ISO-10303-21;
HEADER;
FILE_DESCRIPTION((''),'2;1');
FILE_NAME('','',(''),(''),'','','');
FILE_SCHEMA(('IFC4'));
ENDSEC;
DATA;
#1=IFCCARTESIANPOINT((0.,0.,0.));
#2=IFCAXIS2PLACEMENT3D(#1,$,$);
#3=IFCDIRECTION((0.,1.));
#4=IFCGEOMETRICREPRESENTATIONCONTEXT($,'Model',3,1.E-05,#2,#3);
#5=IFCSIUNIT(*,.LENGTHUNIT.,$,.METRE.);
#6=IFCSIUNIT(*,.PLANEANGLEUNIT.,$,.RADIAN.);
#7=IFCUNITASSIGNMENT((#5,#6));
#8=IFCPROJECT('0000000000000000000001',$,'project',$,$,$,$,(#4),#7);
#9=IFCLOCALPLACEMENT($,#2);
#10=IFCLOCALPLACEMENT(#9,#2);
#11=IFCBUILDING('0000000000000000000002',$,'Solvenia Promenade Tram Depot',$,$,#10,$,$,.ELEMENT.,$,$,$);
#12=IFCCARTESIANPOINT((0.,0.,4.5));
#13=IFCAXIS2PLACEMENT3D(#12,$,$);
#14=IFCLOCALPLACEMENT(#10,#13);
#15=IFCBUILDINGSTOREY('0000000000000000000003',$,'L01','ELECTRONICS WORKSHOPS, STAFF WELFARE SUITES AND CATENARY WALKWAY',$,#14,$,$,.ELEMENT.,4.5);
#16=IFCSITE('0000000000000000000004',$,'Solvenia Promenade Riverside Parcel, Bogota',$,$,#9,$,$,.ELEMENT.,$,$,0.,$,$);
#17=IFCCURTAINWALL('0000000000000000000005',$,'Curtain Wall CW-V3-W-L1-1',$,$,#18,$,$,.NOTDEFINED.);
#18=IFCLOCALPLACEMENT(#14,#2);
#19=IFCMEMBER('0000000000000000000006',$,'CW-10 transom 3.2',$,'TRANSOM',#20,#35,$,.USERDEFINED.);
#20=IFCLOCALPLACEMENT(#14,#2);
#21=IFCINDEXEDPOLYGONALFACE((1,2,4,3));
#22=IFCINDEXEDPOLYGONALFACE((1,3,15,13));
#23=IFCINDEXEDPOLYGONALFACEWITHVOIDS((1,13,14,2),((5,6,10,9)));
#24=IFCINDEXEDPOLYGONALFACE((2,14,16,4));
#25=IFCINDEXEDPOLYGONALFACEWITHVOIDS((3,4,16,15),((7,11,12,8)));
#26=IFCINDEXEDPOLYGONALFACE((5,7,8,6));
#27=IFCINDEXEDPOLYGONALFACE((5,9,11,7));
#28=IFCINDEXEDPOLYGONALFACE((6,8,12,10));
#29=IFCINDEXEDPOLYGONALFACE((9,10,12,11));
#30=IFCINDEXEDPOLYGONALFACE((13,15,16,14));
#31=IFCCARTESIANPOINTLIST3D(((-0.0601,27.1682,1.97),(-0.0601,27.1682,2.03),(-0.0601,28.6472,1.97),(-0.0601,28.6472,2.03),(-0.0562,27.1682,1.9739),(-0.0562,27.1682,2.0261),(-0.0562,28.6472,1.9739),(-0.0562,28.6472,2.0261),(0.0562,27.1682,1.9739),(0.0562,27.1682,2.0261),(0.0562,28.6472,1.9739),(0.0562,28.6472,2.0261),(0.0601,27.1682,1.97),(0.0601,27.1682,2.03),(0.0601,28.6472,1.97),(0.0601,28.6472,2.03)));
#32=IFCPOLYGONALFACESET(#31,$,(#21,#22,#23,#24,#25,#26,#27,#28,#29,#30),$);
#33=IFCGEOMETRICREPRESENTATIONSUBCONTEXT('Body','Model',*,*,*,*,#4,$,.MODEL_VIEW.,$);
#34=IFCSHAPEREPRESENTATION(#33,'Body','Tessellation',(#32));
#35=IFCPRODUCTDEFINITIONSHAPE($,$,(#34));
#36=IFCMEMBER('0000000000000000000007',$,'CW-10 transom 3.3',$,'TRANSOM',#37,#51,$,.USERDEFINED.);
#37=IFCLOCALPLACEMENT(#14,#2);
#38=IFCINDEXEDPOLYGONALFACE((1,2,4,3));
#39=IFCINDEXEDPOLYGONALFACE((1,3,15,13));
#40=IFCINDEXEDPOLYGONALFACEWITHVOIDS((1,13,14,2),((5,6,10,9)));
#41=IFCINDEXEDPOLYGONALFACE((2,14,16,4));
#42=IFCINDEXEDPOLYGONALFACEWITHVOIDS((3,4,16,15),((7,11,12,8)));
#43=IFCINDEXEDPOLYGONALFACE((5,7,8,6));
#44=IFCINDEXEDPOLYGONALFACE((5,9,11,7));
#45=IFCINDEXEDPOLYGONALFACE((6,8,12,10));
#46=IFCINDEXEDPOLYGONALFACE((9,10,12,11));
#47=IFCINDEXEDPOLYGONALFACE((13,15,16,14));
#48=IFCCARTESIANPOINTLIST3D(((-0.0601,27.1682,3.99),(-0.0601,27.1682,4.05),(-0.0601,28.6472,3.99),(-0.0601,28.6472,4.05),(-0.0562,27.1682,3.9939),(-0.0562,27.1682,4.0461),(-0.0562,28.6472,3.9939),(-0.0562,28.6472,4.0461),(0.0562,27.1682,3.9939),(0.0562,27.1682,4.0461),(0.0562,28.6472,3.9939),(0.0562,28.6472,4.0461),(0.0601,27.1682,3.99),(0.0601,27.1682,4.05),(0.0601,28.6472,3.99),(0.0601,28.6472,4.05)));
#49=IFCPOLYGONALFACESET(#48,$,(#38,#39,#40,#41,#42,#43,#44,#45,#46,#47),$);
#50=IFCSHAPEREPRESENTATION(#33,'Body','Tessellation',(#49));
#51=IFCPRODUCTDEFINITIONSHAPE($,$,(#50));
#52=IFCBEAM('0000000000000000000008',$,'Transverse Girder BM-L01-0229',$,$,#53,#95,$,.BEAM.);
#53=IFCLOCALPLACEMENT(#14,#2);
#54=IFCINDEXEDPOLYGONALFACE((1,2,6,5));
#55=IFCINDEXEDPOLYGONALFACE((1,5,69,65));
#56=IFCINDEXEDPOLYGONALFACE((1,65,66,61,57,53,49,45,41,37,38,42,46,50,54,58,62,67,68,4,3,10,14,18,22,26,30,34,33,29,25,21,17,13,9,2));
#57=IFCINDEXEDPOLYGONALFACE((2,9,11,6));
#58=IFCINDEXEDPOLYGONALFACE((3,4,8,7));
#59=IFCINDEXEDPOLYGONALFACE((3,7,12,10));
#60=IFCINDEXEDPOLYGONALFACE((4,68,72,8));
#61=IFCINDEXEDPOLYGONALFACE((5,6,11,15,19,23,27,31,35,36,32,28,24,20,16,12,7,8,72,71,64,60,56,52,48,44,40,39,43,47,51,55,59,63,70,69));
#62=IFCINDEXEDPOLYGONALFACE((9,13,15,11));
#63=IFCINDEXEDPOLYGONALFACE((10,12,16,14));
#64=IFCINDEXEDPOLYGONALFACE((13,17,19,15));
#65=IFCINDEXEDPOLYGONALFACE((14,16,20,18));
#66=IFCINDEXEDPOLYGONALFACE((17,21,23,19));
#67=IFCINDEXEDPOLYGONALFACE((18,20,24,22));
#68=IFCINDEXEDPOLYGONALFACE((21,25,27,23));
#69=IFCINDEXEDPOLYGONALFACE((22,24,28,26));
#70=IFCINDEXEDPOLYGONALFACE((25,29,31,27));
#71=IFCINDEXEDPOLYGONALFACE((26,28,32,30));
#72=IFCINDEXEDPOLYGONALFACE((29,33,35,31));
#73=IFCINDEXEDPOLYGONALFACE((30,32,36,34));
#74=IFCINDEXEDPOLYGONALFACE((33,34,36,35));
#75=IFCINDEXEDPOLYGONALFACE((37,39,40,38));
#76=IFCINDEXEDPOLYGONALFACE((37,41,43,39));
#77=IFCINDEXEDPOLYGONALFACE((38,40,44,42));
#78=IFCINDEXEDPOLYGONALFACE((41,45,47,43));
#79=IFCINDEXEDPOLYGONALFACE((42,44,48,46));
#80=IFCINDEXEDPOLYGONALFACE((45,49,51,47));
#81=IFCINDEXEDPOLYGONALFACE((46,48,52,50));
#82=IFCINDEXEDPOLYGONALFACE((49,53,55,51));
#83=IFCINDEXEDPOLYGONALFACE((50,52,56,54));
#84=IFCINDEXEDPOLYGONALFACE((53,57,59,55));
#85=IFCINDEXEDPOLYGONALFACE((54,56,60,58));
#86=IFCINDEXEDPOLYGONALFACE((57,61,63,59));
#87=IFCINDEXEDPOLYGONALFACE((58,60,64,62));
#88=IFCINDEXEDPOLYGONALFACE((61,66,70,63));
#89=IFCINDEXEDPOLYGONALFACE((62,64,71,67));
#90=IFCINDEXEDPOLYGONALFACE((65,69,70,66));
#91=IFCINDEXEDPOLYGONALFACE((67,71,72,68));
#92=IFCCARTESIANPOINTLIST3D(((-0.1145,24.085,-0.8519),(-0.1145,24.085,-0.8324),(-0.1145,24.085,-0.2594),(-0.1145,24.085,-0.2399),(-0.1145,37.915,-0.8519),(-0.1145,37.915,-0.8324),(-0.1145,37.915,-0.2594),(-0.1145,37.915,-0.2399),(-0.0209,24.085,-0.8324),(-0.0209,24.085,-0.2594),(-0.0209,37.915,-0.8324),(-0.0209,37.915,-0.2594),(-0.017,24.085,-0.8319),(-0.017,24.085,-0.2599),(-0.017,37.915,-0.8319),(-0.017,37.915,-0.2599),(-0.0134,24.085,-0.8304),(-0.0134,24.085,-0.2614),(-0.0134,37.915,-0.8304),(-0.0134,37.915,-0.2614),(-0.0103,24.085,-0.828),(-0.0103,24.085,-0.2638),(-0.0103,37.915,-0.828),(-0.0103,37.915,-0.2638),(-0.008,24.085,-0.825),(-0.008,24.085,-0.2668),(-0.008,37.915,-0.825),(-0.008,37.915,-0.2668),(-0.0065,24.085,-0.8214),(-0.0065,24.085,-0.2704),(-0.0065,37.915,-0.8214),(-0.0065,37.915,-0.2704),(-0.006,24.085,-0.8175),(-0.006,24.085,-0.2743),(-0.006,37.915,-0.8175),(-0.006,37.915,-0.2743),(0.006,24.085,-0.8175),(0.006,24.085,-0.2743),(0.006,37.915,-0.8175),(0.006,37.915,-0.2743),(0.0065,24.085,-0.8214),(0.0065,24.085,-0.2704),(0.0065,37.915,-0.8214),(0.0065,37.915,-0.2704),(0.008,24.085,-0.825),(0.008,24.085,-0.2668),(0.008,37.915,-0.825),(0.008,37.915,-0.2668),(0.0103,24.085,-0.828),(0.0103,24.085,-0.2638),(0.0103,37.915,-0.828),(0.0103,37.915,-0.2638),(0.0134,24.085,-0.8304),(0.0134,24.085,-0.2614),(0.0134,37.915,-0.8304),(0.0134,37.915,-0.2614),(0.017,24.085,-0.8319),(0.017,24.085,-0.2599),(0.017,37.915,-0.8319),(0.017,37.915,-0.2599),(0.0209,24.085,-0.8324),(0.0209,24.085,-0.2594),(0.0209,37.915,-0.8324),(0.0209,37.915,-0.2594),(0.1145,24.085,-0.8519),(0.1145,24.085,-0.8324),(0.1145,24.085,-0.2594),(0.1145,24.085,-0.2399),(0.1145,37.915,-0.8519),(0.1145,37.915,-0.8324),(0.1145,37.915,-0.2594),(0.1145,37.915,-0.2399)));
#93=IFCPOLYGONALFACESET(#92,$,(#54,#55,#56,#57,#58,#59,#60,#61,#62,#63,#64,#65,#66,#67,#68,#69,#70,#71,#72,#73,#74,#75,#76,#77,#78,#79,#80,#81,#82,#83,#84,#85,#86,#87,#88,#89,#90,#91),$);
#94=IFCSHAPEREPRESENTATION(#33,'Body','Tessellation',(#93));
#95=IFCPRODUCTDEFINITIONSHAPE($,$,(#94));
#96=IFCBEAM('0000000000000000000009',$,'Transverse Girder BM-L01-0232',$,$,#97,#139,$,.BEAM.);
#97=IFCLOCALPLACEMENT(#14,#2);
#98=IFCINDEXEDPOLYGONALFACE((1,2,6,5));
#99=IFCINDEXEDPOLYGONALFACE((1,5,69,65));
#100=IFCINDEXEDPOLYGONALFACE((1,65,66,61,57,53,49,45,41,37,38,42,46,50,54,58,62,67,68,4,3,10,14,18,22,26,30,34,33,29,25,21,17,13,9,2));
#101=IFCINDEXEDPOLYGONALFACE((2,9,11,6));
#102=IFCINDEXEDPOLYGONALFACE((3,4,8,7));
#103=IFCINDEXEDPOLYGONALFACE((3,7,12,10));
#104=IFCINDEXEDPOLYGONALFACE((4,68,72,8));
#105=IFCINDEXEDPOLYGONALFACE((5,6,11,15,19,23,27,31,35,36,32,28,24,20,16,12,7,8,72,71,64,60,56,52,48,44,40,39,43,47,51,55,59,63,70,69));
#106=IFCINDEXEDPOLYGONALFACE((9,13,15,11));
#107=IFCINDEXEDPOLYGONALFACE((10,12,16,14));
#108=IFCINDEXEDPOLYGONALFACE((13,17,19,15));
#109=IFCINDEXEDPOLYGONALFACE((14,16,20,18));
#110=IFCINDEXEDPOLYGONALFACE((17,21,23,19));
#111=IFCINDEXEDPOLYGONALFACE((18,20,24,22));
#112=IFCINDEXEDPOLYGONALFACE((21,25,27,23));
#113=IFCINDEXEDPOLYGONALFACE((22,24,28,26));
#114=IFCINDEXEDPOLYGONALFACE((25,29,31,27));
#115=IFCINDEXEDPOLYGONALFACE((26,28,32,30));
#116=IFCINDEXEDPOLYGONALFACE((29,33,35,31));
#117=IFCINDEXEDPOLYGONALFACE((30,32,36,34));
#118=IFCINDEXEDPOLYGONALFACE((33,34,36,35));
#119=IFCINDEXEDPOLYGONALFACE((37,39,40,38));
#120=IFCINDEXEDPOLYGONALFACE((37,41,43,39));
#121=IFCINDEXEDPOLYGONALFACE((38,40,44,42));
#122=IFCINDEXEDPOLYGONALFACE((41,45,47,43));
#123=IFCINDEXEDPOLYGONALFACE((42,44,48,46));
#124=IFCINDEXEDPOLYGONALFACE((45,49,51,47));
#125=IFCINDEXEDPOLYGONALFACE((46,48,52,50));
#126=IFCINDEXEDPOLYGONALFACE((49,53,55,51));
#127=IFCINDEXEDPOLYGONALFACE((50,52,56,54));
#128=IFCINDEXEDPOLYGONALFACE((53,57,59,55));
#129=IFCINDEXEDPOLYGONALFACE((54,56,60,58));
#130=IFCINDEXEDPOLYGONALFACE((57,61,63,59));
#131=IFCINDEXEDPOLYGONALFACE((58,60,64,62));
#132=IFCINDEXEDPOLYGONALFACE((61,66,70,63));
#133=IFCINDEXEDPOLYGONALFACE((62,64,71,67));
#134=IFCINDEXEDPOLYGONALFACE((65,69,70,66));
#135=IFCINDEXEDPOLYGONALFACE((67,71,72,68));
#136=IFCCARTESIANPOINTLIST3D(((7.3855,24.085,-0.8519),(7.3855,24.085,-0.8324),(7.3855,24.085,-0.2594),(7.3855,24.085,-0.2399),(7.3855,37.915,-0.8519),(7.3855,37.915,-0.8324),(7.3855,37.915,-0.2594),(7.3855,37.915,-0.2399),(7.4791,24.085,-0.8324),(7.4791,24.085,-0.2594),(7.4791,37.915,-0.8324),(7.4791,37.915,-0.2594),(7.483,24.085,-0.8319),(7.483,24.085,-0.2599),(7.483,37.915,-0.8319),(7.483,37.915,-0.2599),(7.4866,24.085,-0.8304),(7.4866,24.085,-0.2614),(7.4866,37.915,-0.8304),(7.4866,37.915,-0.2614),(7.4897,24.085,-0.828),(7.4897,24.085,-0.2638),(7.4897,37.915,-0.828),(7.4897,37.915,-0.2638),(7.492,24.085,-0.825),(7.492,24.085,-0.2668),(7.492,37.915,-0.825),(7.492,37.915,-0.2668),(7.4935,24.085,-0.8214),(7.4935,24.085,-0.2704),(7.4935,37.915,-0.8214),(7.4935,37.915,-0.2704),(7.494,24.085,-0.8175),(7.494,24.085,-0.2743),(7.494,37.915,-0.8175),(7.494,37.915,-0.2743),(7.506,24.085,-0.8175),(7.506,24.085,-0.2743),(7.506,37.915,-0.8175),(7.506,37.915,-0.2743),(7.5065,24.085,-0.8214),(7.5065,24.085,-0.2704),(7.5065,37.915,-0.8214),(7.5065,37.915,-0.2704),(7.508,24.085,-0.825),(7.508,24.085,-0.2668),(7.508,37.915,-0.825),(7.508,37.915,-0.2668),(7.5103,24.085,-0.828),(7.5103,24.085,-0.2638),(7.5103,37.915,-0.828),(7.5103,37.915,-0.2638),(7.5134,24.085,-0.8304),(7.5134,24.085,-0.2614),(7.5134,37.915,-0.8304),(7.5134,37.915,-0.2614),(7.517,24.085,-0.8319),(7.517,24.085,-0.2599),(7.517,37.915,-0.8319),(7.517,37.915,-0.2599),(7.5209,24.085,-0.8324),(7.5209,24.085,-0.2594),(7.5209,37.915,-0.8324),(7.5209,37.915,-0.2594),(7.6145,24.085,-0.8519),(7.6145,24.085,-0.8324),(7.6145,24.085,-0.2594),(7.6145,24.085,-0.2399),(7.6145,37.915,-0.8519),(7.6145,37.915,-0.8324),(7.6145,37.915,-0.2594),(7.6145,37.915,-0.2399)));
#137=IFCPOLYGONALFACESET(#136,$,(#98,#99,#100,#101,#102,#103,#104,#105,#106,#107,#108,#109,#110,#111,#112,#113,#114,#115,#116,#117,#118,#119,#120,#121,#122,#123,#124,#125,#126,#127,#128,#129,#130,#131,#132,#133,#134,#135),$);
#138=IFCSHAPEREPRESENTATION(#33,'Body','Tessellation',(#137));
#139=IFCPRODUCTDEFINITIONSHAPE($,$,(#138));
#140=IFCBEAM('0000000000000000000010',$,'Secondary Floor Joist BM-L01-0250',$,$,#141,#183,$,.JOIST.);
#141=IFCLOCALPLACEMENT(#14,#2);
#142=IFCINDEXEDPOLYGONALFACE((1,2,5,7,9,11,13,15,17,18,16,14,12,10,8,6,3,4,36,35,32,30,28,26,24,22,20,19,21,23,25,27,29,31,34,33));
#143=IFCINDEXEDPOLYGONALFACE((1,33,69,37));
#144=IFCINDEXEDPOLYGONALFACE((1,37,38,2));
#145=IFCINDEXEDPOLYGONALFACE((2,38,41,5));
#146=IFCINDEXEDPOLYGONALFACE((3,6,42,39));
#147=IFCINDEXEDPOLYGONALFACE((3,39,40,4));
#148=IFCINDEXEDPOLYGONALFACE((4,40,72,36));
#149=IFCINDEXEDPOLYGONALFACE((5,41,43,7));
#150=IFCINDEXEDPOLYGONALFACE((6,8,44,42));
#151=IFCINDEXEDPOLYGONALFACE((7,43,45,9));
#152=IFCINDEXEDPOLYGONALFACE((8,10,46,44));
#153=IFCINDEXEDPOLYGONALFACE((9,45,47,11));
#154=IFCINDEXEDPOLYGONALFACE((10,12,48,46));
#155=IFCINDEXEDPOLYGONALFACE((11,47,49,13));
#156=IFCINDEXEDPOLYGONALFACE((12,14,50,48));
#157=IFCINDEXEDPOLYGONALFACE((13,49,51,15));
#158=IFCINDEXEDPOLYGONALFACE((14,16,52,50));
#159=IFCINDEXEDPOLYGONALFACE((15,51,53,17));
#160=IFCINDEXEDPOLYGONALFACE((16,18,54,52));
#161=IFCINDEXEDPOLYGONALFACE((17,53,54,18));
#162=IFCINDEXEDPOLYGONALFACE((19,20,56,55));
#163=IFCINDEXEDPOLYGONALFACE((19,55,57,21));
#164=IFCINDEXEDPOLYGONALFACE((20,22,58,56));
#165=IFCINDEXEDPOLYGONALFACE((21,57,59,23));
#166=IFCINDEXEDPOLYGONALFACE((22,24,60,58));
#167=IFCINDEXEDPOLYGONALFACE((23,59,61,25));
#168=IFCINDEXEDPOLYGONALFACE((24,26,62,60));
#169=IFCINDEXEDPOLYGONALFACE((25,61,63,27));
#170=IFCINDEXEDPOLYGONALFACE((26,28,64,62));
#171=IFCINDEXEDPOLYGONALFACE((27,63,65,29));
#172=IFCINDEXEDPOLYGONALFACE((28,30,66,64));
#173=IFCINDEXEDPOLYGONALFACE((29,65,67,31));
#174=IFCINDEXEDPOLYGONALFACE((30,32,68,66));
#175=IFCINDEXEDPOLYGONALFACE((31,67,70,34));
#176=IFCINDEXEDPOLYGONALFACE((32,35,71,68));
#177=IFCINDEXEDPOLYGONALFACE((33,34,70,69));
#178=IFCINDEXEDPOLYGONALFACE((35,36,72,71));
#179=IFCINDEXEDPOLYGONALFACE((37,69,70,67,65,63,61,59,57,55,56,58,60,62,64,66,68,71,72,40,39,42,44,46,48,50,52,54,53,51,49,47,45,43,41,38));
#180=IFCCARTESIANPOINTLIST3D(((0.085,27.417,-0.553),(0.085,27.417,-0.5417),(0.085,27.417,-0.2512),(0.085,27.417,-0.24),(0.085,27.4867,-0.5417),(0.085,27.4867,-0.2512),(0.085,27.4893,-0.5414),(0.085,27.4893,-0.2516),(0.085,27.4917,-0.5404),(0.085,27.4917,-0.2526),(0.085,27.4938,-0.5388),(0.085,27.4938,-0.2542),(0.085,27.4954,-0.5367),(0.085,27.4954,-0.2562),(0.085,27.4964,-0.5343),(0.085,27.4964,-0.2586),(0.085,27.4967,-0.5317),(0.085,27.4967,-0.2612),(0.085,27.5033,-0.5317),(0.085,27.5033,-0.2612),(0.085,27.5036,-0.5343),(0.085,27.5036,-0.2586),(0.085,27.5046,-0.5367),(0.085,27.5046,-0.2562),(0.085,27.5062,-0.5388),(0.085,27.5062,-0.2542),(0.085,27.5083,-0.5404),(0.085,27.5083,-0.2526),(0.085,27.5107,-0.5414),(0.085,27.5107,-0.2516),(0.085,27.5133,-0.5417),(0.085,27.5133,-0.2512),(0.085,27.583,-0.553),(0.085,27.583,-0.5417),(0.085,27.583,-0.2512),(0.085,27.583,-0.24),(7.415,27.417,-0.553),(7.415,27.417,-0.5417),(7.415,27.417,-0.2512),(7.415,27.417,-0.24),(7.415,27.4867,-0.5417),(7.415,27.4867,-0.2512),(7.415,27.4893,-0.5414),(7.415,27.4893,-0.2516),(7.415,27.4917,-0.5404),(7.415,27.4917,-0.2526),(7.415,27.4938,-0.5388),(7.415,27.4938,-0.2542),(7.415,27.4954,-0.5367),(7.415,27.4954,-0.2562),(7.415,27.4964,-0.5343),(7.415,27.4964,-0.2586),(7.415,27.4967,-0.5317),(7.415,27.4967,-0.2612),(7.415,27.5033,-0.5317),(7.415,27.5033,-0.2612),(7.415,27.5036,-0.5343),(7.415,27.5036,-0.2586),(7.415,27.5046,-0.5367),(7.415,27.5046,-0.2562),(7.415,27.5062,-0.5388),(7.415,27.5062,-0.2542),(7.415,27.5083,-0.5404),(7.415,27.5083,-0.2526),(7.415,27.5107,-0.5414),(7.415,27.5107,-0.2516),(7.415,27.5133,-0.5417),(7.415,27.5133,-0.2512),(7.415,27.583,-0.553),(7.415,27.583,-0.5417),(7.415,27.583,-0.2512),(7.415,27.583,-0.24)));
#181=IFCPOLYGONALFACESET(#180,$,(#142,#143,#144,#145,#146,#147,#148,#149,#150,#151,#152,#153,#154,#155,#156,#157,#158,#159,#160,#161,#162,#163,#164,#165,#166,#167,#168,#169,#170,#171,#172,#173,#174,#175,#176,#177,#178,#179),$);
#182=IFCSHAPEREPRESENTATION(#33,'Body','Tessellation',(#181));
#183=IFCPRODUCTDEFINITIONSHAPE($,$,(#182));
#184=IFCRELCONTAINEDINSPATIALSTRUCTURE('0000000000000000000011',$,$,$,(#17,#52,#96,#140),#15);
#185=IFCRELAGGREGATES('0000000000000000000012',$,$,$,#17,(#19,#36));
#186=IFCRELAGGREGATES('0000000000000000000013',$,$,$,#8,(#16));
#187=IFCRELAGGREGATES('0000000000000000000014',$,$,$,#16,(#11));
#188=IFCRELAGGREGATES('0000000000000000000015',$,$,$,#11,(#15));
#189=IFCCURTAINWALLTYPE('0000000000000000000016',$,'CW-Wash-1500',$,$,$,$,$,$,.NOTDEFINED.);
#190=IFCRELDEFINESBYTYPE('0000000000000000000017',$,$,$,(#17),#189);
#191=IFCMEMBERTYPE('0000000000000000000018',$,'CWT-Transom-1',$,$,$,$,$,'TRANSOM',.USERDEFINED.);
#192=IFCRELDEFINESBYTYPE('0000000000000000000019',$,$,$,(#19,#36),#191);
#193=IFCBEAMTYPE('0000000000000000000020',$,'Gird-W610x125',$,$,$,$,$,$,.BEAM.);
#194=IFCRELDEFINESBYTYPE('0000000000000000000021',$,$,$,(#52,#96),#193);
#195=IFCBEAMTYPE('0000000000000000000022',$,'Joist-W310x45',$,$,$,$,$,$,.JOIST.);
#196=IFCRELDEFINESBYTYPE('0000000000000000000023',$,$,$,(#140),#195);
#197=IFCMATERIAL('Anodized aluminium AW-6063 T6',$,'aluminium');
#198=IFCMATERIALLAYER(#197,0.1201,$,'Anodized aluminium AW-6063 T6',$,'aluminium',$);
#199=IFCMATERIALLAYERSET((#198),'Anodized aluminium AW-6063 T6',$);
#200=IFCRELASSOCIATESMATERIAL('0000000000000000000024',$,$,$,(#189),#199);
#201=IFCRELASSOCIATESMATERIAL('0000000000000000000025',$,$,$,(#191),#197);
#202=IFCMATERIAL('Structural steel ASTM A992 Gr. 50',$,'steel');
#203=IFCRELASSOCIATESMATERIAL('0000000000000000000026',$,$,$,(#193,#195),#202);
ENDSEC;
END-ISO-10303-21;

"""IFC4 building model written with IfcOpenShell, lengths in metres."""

from ifc_helpers import new_model, si_unit, direction, frame, origin, origin_2d, place, context, subcontext, project, spatial, hollow_rectangle, i_section, extrude, material, layer, layer_set, material_profile, profile_set, type_object, element, aggregate, save


model = new_model("IFC4")

# Units and contexts
model_context = context("Model", 3, precision=1e-05, world=origin(), true_north=direction((0.0, 1.0)))
body_context = subcontext(model_context, "Body", "Model", "MODEL_VIEW")
ifc_project = project(units=[si_unit("LENGTHUNIT", "METRE"), si_unit("PLANEANGLEUNIT", "RADIAN")], contexts=[model_context])

# Site, building, storey
site_placement = place(None, origin())
site = spatial("IfcSite", under=ifc_project, at=site_placement, Name="Solvenia Promenade Riverside Parcel, Bogota", CompositionType="ELEMENT", RefElevation=0.0)
building_placement = place(site_placement, origin())
building = spatial("IfcBuilding", under=site, at=building_placement, Name="Solvenia Promenade Tram Depot", CompositionType="ELEMENT")
storey_placement = place(building_placement, frame((0.0, 0.0, 4.5)))
storey = spatial("IfcBuildingStorey", under=building, at=storey_placement, Name="L01", Description="ELECTRONICS WORKSHOPS, STAFF WELFARE SUITES AND CATENARY WALKWAY", CompositionType="ELEMENT", Elevation=4.5)

# Curtain wall, members
ifc_material_1 = material(Name="Anodized aluminium AW-6063 T6", Category="aluminium")
ifc_layer_1 = layer(ifc_material_1, 0.1201, Name="Anodized aluminium AW-6063 T6", Category="aluminium")
ifc_layer_set_1 = layer_set([ifc_layer_1], Name="Anodized aluminium AW-6063 T6")
curtain_wall_type = type_object("IfcCurtainWallType", Name="CW-Wash-1500", PredefinedType="NOTDEFINED", material=ifc_layer_set_1)
curtain_wall_placement = place(storey_placement, origin())
curtain_wall = element("IfcCurtainWall", 1, at=curtain_wall_placement, inside=storey, type_object=curtain_wall_type, Name="Curtain Wall CW-V3-W-L1-1", PredefinedType="NOTDEFINED")
ifc_material_profile_1 = material_profile(ifc_material_1, hollow_rectangle(XDim=0.1201, YDim=0.0601, WallThickness=0.0039, at=origin_2d()), Name="ALU-T1", Category="aluminium")
ifc_profile_set_1 = profile_set([ifc_material_profile_1], Name="Anodized aluminium AW-6063 T6")
member_type_1 = type_object("IfcMemberType", Name="CWT-Transom-1", ElementType="TRANSOM", PredefinedType="USERDEFINED", material=ifc_profile_set_1)
member_1_placement = place(storey_placement, frame((0.0, 27.1682, 2.0), z_axis=(0.0, 1.0, 0.0), x_axis=(-1.0, 0.0, 0.0)))
member_1 = element("IfcMember", 2, at=member_1_placement, type_object=member_type_1, Name="CW-10 transom 3.2", ObjectType="TRANSOM", PredefinedType="USERDEFINED", context=body_context, shape_type="SweptSolid", body=[
    extrude(hollow_rectangle(XDim=0.1201, YDim=0.0601, WallThickness=0.0039, at=origin_2d()), origin(), (0.0, 0.0, 1.0), 1.479),
])
member_2_placement = place(storey_placement, frame((0.0, 27.1682, 4.02), z_axis=(0.0, 1.0, 0.0), x_axis=(-1.0, 0.0, 0.0)))
member_2 = element("IfcMember", 3, at=member_2_placement, type_object=member_type_1, Name="CW-10 transom 3.3", ObjectType="TRANSOM", PredefinedType="USERDEFINED", context=body_context, shape_type="SweptSolid", body=[
    extrude(hollow_rectangle(XDim=0.1201, YDim=0.0601, WallThickness=0.0039, at=origin_2d()), origin(), (0.0, 0.0, 1.0), 1.479),
])

# Beams
ifc_material_2 = material(Name="Structural steel ASTM A992 Gr. 50", Category="steel")
ifc_material_profile_2 = material_profile(ifc_material_2, i_section(OverallWidth=0.229, OverallDepth=0.6121, WebThickness=0.012, FlangeThickness=0.0195, FilletRadius=0.0149, at=origin_2d()), Name="W610x125", Category="steel")
ifc_profile_set_2 = profile_set([ifc_material_profile_2], Name="Structural steel ASTM A992 Gr. 50")
beam_type_1 = type_object("IfcBeamType", Name="Gird-W610x125", PredefinedType="BEAM", material=ifc_profile_set_2)
for number, where, z_axis, x_axis, name in (
    (4, (0.0, 24.085, -0.5459), (0.0, 1.0, 0.0), (-1.0, 0.0, 0.0), "Transverse Girder BM-L01-0229"),
    (5, (7.5, 24.085, -0.5459), (0.0, 1.0, 0.0), (-1.0, 0.0, 0.0), "Transverse Girder BM-L01-0232"),
):
    element("IfcBeam", number, at=place(storey_placement, frame(where, z_axis=z_axis, x_axis=x_axis)), inside=storey, type_object=beam_type_1, Name=name, PredefinedType="BEAM", context=body_context, shape_type="SweptSolid", body=[
        extrude(i_section(OverallWidth=0.229, OverallDepth=0.6121, WebThickness=0.012, FlangeThickness=0.0195, FilletRadius=0.0149, at=origin_2d()), origin(), (0.0, 0.0, 1.0), 13.8301),
    ])
ifc_material_profile_3 = material_profile(ifc_material_2, i_section(OverallWidth=0.166, OverallDepth=0.313, WebThickness=0.0066, FlangeThickness=0.0112, FilletRadius=0.01, at=origin_2d()), Name="W310x45", Category="steel")
ifc_profile_set_3 = profile_set([ifc_material_profile_3], Name="Structural steel ASTM A992 Gr. 50")
beam_type_2 = type_object("IfcBeamType", Name="Joist-W310x45", PredefinedType="JOIST", material=ifc_profile_set_3)
beam_1_placement = place(storey_placement, frame((0.085, 27.5, -0.3965), z_axis=(1.0, 0.0, 0.0), x_axis=(0.0, 1.0, 0.0)))
element("IfcBeam", 6, at=beam_1_placement, inside=storey, type_object=beam_type_2, Name="Secondary Floor Joist BM-L01-0250", PredefinedType="JOIST", context=body_context, shape_type="SweptSolid", body=[
    extrude(i_section(OverallWidth=0.166, OverallDepth=0.313, WebThickness=0.0066, FlangeThickness=0.0112, FilletRadius=0.01, at=origin_2d()), origin(), (0.0, 0.0, 1.0), 7.3301),
])

aggregate(curtain_wall, [member_1, member_2])

save(model, "model.ifc")
